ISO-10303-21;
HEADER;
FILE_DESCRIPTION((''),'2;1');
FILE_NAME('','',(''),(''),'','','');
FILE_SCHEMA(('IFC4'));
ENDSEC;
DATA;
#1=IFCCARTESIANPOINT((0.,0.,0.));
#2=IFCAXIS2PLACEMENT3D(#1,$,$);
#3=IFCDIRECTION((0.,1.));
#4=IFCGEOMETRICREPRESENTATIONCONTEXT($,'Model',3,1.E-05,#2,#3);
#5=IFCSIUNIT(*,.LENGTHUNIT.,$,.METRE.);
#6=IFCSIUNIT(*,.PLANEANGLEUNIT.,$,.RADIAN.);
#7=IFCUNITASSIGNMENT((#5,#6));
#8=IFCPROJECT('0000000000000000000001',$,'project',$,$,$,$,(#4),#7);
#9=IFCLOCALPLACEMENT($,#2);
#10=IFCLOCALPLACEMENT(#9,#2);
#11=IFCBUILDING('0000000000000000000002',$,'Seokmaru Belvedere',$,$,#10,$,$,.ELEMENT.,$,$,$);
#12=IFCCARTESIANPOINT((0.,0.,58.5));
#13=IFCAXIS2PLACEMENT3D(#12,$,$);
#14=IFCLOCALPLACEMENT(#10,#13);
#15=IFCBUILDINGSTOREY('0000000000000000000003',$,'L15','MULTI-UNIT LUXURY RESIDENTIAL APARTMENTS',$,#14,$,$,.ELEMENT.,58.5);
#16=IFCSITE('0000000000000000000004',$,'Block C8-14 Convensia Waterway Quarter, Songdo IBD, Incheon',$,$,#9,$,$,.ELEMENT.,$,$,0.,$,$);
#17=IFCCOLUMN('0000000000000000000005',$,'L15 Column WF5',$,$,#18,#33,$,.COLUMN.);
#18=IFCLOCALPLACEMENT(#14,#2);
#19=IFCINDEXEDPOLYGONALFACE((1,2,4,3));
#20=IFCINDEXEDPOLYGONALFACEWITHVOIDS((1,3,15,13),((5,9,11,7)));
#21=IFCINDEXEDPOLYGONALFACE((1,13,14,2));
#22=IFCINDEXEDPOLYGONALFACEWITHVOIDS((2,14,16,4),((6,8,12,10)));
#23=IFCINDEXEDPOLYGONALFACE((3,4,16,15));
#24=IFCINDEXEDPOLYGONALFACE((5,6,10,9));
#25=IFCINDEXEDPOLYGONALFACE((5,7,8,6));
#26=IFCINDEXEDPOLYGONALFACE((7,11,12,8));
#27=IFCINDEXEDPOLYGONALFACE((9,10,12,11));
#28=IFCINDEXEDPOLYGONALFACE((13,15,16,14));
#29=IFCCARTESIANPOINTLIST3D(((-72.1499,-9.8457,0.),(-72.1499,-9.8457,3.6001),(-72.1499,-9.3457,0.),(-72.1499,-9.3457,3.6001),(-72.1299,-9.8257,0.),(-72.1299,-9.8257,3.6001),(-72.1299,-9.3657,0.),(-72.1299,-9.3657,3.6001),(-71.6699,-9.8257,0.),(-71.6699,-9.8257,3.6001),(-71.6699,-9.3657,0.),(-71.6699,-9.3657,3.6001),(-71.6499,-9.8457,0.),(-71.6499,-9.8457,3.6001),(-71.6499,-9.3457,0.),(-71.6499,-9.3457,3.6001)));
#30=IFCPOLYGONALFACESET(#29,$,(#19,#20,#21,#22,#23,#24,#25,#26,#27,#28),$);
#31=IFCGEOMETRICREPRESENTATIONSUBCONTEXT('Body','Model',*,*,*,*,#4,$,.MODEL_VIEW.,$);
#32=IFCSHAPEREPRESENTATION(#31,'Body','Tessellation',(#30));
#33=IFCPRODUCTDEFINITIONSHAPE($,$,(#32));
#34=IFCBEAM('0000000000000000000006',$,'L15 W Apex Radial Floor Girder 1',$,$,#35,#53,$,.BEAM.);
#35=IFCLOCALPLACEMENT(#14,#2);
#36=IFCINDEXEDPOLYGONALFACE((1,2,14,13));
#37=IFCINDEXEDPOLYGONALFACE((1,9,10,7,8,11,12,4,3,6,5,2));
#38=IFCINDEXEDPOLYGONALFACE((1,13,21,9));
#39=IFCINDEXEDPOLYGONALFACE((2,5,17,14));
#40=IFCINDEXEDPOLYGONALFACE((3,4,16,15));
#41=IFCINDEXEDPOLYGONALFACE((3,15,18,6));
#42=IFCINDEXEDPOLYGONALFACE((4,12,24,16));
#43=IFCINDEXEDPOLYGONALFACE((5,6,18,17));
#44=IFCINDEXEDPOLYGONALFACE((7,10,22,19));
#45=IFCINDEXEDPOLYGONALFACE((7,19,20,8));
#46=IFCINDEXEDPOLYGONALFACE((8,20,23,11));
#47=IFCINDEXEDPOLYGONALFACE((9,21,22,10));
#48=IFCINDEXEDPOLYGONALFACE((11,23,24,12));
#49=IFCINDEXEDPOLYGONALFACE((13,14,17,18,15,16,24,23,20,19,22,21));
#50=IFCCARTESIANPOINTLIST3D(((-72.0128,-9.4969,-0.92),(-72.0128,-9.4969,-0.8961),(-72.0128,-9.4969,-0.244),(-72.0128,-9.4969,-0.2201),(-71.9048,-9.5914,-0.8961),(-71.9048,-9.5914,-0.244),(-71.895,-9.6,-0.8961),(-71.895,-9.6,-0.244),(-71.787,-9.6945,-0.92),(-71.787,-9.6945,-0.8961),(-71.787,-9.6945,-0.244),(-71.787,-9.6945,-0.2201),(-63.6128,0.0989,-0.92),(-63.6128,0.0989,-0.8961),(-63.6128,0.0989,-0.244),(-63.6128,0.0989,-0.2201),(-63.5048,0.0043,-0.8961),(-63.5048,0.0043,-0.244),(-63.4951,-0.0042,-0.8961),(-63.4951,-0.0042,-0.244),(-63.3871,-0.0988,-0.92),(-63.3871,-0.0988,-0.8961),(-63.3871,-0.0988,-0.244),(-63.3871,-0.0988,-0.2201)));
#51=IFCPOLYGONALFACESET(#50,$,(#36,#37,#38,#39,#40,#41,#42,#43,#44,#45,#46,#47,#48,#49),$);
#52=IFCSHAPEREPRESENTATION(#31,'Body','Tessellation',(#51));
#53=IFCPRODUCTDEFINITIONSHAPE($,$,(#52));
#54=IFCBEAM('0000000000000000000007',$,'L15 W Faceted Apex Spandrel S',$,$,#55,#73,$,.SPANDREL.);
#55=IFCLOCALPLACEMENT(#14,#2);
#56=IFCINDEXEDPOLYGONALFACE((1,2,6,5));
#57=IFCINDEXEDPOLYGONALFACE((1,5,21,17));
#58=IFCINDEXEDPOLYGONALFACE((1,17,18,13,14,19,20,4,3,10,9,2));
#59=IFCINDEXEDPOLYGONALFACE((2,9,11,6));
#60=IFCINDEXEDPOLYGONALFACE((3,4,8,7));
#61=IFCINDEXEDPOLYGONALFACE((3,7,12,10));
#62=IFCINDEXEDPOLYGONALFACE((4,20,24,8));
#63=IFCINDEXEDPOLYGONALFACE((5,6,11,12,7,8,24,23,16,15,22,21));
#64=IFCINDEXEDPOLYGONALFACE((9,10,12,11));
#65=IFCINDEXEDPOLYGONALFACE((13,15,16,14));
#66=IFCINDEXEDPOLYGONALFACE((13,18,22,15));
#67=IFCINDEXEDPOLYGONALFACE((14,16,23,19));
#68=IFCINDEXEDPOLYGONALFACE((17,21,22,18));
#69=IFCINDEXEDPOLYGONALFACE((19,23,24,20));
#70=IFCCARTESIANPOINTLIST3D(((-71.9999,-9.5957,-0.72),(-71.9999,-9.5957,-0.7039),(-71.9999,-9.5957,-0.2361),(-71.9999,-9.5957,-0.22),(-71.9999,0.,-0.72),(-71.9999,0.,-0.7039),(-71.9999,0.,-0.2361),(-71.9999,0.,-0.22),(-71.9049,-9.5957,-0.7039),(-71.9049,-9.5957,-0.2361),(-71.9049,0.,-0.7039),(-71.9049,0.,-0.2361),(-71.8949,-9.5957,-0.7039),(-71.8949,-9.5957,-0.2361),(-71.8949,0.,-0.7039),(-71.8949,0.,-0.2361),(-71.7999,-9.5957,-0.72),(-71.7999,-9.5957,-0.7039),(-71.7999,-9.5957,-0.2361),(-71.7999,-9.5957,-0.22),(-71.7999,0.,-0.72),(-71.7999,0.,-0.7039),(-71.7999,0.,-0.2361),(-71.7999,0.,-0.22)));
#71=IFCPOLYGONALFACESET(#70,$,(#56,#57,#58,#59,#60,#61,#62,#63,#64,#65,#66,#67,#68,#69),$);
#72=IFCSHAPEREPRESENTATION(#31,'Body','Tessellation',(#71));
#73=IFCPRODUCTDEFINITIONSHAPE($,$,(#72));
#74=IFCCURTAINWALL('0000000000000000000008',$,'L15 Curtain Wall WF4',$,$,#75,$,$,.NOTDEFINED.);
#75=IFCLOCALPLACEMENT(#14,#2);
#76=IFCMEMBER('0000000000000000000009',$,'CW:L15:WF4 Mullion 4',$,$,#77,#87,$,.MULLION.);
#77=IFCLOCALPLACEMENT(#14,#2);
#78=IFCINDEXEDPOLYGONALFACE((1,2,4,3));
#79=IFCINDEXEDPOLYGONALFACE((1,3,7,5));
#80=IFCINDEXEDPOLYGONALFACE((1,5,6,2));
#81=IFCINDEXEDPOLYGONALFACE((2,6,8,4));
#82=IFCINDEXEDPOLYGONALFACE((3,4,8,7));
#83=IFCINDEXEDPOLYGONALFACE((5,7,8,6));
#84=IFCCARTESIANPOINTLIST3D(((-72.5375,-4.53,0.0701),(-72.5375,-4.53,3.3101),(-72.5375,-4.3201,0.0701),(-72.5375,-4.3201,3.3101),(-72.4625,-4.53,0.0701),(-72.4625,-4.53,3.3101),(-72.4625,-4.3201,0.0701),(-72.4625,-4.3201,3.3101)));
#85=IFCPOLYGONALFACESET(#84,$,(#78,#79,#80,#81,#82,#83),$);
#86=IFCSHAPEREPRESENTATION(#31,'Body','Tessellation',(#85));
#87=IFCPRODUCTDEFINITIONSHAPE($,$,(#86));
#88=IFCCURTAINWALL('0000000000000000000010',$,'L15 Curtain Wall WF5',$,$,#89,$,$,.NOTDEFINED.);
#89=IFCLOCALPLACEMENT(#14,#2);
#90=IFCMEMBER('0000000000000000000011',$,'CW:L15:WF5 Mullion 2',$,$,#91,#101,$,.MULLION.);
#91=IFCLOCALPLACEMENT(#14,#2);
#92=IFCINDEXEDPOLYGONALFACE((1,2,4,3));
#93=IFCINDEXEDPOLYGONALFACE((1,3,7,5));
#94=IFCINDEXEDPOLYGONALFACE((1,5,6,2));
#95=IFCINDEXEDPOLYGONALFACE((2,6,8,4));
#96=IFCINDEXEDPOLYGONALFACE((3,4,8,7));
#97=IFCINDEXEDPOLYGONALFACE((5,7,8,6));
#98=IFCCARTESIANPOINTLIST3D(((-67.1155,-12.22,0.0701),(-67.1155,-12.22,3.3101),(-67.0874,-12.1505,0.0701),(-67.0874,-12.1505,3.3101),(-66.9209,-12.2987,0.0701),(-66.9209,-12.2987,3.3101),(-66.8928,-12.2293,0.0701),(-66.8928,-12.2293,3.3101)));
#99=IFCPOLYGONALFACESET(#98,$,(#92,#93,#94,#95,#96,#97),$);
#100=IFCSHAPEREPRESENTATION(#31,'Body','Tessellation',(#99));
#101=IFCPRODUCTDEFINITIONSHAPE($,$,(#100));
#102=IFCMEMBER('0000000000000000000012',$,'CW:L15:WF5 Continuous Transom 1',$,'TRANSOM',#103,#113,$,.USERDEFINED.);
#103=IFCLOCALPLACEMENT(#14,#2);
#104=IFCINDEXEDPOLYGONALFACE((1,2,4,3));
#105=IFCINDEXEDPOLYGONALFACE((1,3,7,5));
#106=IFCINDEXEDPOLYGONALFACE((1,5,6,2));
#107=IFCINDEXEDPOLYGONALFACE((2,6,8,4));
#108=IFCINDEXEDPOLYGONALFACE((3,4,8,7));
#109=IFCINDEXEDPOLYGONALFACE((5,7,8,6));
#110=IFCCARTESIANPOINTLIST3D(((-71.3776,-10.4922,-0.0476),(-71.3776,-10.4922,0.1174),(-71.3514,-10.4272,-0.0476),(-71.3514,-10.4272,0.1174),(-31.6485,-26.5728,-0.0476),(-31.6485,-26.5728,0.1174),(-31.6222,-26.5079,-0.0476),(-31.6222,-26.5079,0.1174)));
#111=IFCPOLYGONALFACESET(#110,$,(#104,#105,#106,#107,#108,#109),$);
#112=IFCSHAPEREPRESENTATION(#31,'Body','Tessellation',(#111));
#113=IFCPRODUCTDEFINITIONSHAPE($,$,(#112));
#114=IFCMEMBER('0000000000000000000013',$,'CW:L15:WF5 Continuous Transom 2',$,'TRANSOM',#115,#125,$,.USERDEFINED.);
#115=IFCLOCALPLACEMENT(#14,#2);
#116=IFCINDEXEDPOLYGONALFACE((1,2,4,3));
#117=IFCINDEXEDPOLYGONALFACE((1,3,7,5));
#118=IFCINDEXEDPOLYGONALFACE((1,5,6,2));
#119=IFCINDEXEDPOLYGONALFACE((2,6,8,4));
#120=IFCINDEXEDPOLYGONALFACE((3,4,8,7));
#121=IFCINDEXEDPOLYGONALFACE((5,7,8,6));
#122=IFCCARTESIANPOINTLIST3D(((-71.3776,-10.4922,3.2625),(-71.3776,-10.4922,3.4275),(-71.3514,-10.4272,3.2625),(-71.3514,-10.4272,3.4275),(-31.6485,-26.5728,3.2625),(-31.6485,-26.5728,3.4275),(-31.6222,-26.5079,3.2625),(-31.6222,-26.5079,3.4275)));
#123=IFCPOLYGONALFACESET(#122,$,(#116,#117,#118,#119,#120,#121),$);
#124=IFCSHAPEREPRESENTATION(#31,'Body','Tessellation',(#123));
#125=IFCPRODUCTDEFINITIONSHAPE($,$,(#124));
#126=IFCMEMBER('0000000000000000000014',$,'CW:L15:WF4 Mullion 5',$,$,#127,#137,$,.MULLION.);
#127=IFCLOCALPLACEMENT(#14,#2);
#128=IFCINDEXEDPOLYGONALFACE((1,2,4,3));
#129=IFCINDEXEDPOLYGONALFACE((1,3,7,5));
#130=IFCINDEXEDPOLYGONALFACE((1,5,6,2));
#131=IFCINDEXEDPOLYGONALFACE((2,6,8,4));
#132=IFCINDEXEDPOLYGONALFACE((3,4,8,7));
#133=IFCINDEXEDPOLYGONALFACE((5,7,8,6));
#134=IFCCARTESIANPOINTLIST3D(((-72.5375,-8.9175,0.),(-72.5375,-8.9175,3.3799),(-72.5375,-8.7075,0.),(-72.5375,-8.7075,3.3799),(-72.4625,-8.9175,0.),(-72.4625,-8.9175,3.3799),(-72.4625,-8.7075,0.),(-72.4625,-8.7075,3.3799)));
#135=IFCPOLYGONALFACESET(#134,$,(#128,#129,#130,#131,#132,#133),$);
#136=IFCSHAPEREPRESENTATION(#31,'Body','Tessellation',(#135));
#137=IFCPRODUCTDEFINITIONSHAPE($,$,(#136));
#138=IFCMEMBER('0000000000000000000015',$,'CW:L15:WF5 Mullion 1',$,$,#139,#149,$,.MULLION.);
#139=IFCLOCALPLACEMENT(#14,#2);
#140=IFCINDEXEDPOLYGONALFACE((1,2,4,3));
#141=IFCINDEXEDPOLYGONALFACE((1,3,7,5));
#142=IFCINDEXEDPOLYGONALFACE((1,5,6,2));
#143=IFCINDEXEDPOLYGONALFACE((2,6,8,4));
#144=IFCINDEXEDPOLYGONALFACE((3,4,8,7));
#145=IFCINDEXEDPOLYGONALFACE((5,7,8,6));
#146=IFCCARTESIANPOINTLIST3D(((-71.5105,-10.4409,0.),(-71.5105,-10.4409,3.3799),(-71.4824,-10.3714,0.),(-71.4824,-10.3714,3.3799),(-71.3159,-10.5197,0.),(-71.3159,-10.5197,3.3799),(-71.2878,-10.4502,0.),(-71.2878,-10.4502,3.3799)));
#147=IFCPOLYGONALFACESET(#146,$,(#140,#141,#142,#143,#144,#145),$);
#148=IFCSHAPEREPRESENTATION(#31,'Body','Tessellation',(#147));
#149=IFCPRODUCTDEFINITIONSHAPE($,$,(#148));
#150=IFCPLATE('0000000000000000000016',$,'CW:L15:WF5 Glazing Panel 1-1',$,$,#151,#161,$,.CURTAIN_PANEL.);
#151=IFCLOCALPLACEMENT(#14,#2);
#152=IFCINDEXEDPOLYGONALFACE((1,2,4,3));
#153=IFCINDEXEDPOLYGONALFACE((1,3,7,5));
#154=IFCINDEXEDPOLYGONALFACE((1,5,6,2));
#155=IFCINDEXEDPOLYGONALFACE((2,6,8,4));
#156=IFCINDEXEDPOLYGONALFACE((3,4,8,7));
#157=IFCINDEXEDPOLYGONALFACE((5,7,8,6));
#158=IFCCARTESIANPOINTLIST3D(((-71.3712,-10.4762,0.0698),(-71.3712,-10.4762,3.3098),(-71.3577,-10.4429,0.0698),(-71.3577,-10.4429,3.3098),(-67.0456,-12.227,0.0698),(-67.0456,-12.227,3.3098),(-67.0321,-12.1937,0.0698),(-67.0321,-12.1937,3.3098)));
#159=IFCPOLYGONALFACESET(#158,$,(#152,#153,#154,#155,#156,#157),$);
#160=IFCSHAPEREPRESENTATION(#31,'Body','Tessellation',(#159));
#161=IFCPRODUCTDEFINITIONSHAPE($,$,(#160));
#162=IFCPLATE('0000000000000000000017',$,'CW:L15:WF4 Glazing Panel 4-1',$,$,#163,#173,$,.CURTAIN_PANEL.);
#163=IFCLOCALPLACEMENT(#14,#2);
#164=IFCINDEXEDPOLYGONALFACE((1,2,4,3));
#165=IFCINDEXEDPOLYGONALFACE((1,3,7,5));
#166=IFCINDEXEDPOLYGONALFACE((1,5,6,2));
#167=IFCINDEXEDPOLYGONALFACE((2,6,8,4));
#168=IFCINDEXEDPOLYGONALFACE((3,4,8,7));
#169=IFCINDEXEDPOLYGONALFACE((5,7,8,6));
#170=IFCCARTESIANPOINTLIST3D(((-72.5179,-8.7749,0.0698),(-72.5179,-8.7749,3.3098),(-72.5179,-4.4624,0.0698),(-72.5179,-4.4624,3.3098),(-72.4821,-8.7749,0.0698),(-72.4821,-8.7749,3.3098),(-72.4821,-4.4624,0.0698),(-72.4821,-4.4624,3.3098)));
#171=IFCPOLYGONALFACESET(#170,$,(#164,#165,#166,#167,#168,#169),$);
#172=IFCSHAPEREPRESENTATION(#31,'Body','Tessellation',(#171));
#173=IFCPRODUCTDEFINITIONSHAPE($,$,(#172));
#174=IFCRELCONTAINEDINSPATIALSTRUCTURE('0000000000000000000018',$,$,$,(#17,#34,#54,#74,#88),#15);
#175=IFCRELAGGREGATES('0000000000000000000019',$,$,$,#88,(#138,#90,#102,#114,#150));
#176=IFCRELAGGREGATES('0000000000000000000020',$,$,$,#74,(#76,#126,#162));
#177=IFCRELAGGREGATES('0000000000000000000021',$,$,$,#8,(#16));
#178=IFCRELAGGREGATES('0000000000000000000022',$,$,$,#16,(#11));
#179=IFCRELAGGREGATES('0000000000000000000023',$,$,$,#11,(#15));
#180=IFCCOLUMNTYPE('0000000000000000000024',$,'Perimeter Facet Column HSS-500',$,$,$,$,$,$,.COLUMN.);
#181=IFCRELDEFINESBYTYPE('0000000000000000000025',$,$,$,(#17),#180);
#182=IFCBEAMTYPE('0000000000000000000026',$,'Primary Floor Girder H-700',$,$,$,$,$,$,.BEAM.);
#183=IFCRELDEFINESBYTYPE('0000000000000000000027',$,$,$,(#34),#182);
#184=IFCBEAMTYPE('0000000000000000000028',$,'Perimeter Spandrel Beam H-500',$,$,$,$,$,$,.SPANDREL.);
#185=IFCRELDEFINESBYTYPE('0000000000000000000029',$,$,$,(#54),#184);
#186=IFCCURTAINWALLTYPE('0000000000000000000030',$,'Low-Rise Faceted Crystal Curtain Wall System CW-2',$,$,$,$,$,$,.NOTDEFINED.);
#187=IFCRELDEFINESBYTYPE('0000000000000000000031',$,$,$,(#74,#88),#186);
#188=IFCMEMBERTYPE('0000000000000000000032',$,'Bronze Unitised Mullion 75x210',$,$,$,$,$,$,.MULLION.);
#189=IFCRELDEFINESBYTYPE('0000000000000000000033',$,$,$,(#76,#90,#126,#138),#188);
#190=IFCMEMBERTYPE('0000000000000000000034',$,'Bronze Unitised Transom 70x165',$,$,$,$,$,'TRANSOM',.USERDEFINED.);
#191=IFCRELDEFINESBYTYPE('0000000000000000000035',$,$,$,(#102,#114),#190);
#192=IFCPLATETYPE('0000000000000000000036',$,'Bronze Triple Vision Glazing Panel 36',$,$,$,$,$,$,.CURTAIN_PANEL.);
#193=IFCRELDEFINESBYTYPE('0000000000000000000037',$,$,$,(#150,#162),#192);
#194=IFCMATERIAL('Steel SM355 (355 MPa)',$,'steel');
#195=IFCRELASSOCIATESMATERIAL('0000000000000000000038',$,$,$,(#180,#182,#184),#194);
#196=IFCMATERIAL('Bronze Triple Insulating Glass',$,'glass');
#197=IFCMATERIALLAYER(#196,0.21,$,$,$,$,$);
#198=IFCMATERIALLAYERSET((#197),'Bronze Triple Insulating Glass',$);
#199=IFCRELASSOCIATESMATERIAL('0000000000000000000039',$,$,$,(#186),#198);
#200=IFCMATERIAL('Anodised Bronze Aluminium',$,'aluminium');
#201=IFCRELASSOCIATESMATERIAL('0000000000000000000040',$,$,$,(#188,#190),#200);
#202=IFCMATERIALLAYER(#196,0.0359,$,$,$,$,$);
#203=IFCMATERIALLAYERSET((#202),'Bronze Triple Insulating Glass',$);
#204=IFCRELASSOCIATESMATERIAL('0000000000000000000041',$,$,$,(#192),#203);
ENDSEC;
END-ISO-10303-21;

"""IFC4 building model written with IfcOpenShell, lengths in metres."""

from ifc_helpers import new_model, si_unit, direction, frame, origin, origin_2d, place, context, subcontext, project, spatial, rectangle, hollow_rectangle, i_section, extrude, source, transform, mapped, material, layer, layer_set, material_profile, profile_set, type_object, type_shapes, element, aggregate, save


model = new_model("IFC4")

# Units and contexts
model_context = context("Model", 3, precision=1e-05, world=origin(), true_north=direction((0.0, 1.0)))
body_context = subcontext(model_context, "Body", "Model", "MODEL_VIEW")
ifc_project = project(units=[si_unit("LENGTHUNIT", "METRE"), si_unit("PLANEANGLEUNIT", "RADIAN")], contexts=[model_context])

# Site, building, storey
site_placement = place(None, origin())
site = spatial("IfcSite", under=ifc_project, at=site_placement, Name="Block C8-14 Convensia Waterway Quarter, Songdo IBD, Incheon", CompositionType="ELEMENT", RefElevation=0.0)
building_placement = place(site_placement, origin())
building = spatial("IfcBuilding", under=site, at=building_placement, Name="Seokmaru Belvedere", CompositionType="ELEMENT")
storey_placement = place(building_placement, frame((0.0, 0.0, 58.5)))
storey = spatial("IfcBuildingStorey", under=building, at=storey_placement, Name="L15", Description="MULTI-UNIT LUXURY RESIDENTIAL APARTMENTS", CompositionType="ELEMENT", Elevation=58.5)

# Column
ifc_material_1 = material(Name="Steel SM355 (355 MPa)", Category="steel")
ifc_material_profile_1 = material_profile(ifc_material_1, hollow_rectangle(XDim=0.5, YDim=0.5, WallThickness=0.02, at=origin_2d()), Name="HSS-500x500x20")
ifc_profile_set_1 = profile_set([ifc_material_profile_1], Name="Steel SM355 (355 MPa)")
column_type = type_object("IfcColumnType", Name="Perimeter Facet Column HSS-500", PredefinedType="COLUMN", material=ifc_profile_set_1)
shared_shape_1 = source(origin(), body_context, "Body", "SweptSolid", [
    extrude(hollow_rectangle(XDim=0.5, YDim=0.5, WallThickness=0.02, at=origin_2d()), origin(), (0.0, 0.0, 1.0), 3.6001),
])
type_shapes(column_type, [shared_shape_1])
column_placement = place(storey_placement, frame((-71.8999, -9.5957, 0.0), z_axis=(0.0, 0.0, 1.0), x_axis=(1.0, 0.0, 0.0)))
element("IfcColumn", 1, at=column_placement, inside=storey, type_object=column_type, Name="L15 Column WF5", PredefinedType="COLUMN", context=body_context, shape_type="MappedRepresentation", body=[
    mapped(shared_shape_1, transform((0.0, 0.0, 0.0), scale=1.0)),
])

# Beams
ifc_material_profile_2 = material_profile(ifc_material_1, i_section(OverallWidth=0.3, OverallDepth=0.7, WebThickness=0.0129, FlangeThickness=0.0239, at=origin_2d()), Name="H-700x300x13x24")
ifc_profile_set_2 = profile_set([ifc_material_profile_2], Name="Steel SM355 (355 MPa)")
beam_type_1 = type_object("IfcBeamType", Name="Primary Floor Girder H-700", PredefinedType="BEAM", material=ifc_profile_set_2)
shared_shape_2 = source(origin(), body_context, "Body", "SweptSolid", [
    extrude(i_section(OverallWidth=0.3, OverallDepth=0.7, WebThickness=0.0129, FlangeThickness=0.0239, at=origin_2d()), origin(), (0.0, 0.0, 1.0), 12.7529),
])
type_shapes(beam_type_1, [shared_shape_2])
beam_1_placement = place(storey_placement, frame((-71.8999, -9.5957, -0.5701), z_axis=(0.658667, 0.752434, 0.0), x_axis=(-0.752434, 0.658667, 0.0)))
element("IfcBeam", 2, at=beam_1_placement, inside=storey, type_object=beam_type_1, Name="L15 W Apex Radial Floor Girder 1", PredefinedType="BEAM", context=body_context, shape_type="MappedRepresentation", body=[
    mapped(shared_shape_2, transform((0.0, 0.0, 0.0), scale=1.0)),
])
ifc_material_profile_3 = material_profile(ifc_material_1, i_section(OverallWidth=0.2, OverallDepth=0.5, WebThickness=0.01, FlangeThickness=0.0161, at=origin_2d()), Name="H-500x200x10x16")
ifc_profile_set_3 = profile_set([ifc_material_profile_3], Name="Steel SM355 (355 MPa)")
beam_type_2 = type_object("IfcBeamType", Name="Perimeter Spandrel Beam H-500", PredefinedType="SPANDREL", material=ifc_profile_set_3)
shared_shape_3 = source(origin(), body_context, "Body", "SweptSolid", [
    extrude(i_section(OverallWidth=0.2, OverallDepth=0.5, WebThickness=0.01, FlangeThickness=0.0161, at=origin_2d()), origin(), (0.0, 0.0, 1.0), 9.5957),
])
type_shapes(beam_type_2, [shared_shape_3])
beam_2_placement = place(storey_placement, frame((-71.8999, -9.5957, -0.47), z_axis=(0.0, 1.0, 0.0), x_axis=(-1.0, 0.0, 0.0)))
element("IfcBeam", 3, at=beam_2_placement, inside=storey, type_object=beam_type_2, Name="L15 W Faceted Apex Spandrel S", PredefinedType="SPANDREL", context=body_context, shape_type="MappedRepresentation", body=[
    mapped(shared_shape_3, transform((0.0, 0.0, 0.0), scale=1.0)),
])

# Curtain wall, member
ifc_material_2 = material(Name="Bronze Triple Insulating Glass", Category="glass")
ifc_layer_1 = layer(ifc_material_2, 0.21)
ifc_layer_set_1 = layer_set([ifc_layer_1], Name="Bronze Triple Insulating Glass")
curtain_wall_type = type_object("IfcCurtainWallType", Name="Low-Rise Faceted Crystal Curtain Wall System CW-2", PredefinedType="NOTDEFINED", material=ifc_layer_set_1)
curtain_wall_1_placement = place(storey_placement, origin())
curtain_wall_1 = element("IfcCurtainWall", 4, at=curtain_wall_1_placement, inside=storey, type_object=curtain_wall_type, Name="L15 Curtain Wall WF4", PredefinedType="NOTDEFINED")
ifc_material_3 = material(Name="Anodised Bronze Aluminium", Category="aluminium")
ifc_material_profile_4 = material_profile(ifc_material_3, rectangle(XDim=0.075, YDim=0.21, at=origin_2d()), Name="CW-M-75x210")
ifc_profile_set_4 = profile_set([ifc_material_profile_4], Name="Anodised Bronze Aluminium")
member_type_1 = type_object("IfcMemberType", Name="Bronze Unitised Mullion 75x210", PredefinedType="MULLION", material=ifc_profile_set_4)
shared_shape_4 = source(origin(), body_context, "Body", "SweptSolid", [
    extrude(rectangle(XDim=0.075, YDim=0.21, at=origin_2d()), origin(), (0.0, 0.0, 1.0), 3.24),
])
member_1_placement = place(storey_placement, frame((-72.5, -4.425, 0.0701), z_axis=(0.0, 0.0, 1.0), x_axis=(1.0, 0.0, 0.0)))
member_1 = element("IfcMember", 5, at=member_1_placement, type_object=member_type_1, Name="CW:L15:WF4 Mullion 4", PredefinedType="MULLION", context=body_context, shape_type="MappedRepresentation", body=[
    mapped(shared_shape_4, transform((0.0, 0.0, 0.0), scale=1.0)),
])

# Curtain wall, members
curtain_wall_2_placement = place(storey_placement, origin())
curtain_wall_2 = element("IfcCurtainWall", 6, at=curtain_wall_2_placement, inside=storey, type_object=curtain_wall_type, Name="L15 Curtain Wall WF5", PredefinedType="NOTDEFINED")
member_2_placement = place(storey_placement, frame((-67.0042, -12.2246, 0.0701), z_axis=(0.0, 0.0, 1.0), x_axis=(0.375192, 0.926947, 0.0)))
member_2 = element("IfcMember", 7, at=member_2_placement, type_object=member_type_1, Name="CW:L15:WF5 Mullion 2", PredefinedType="MULLION", context=body_context, shape_type="MappedRepresentation", body=[
    mapped(shared_shape_4, transform((0.0, 0.0, 0.0), scale=1.0)),
])
ifc_material_profile_5 = material_profile(ifc_material_3, rectangle(XDim=0.0701, YDim=0.165, at=origin_2d()), Name="CW-T-70x165")
ifc_profile_set_5 = profile_set([ifc_material_profile_5], Name="Anodised Bronze Aluminium")
member_type_2 = type_object("IfcMemberType", Name="Bronze Unitised Transom 70x165", ElementType="TRANSOM", PredefinedType="USERDEFINED", material=ifc_profile_set_5)
shared_shape_5 = source(origin(), body_context, "Body", "SweptSolid", [
    extrude(rectangle(XDim=0.0701, YDim=0.165, at=origin_2d()), origin(), (0.0, 0.0, 1.0), 42.8601),
])
type_shapes(member_type_2, [shared_shape_5])
member_3_placement = place(storey_placement, frame((-71.3645, -10.4597, 0.0349), z_axis=(0.926949, -0.375188, 0.0), x_axis=(0.375188, 0.926949, 0.0)))
member_3 = element("IfcMember", 8, at=member_3_placement, type_object=member_type_2, Name="CW:L15:WF5 Continuous Transom 1", ObjectType="TRANSOM", PredefinedType="USERDEFINED", context=body_context, shape_type="MappedRepresentation", body=[
    mapped(shared_shape_5, transform((0.0, 0.0, 0.0), scale=1.0)),
])
member_4_placement = place(storey_placement, frame((-71.3645, -10.4597, 3.345), z_axis=(0.926949, -0.375188, 0.0), x_axis=(0.375188, 0.926949, 0.0)))
member_4 = element("IfcMember", 9, at=member_4_placement, type_object=member_type_2, Name="CW:L15:WF5 Continuous Transom 2", ObjectType="TRANSOM", PredefinedType="USERDEFINED", context=body_context, shape_type="MappedRepresentation", body=[
    mapped(shared_shape_5, transform((0.0, 0.0, 0.0), scale=1.0)),
])

# Members
shared_shape_6 = source(origin(), body_context, "Body", "SweptSolid", [
    extrude(rectangle(XDim=0.075, YDim=0.21, at=origin_2d()), origin(), (0.0, 0.0, 1.0), 3.3799),
])
type_shapes(member_type_1, [shared_shape_4, shared_shape_6])
member_5_placement = place(storey_placement, frame((-72.5, -8.8125, 0.0), z_axis=(0.0, 0.0, 1.0), x_axis=(1.0, 0.0, 0.0)))
member_5 = element("IfcMember", 10, at=member_5_placement, type_object=member_type_1, Name="CW:L15:WF4 Mullion 5", PredefinedType="MULLION", context=body_context, shape_type="MappedRepresentation", body=[
    mapped(shared_shape_6, transform((0.0, 0.0, 0.0), scale=1.0)),
])
member_6_placement = place(storey_placement, frame((-71.3992, -10.4456, 0.0), z_axis=(0.0, 0.0, 1.0), x_axis=(0.375192, 0.926947, 0.0)))
member_6 = element("IfcMember", 11, at=member_6_placement, type_object=member_type_1, Name="CW:L15:WF5 Mullion 1", PredefinedType="MULLION", context=body_context, shape_type="MappedRepresentation", body=[
    mapped(shared_shape_6, transform((0.0, 0.0, 0.0), scale=1.0)),
])

# Plates
ifc_layer_2 = layer(ifc_material_2, 0.0359)
ifc_layer_set_2 = layer_set([ifc_layer_2], Name="Bronze Triple Insulating Glass")
plate_type = type_object("IfcPlateType", Name="Bronze Triple Vision Glazing Panel 36", PredefinedType="CURTAIN_PANEL", material=ifc_layer_set_2)
shared_shape_7 = source(origin(), body_context, "Body", "SweptSolid", [
    extrude(rectangle(XDim=4.6665, YDim=0.0359, at=origin_2d()), origin(), (0.0, 0.0, 1.0), 3.24),
])
plate_1_placement = place(storey_placement, frame((-69.2017, -11.335, 0.0698), z_axis=(0.0, 0.0, 1.0), x_axis=(0.926947, -0.375192, 0.0)))
plate_1 = element("IfcPlate", 12, at=plate_1_placement, type_object=plate_type, Name="CW:L15:WF5 Glazing Panel 1-1", PredefinedType="CURTAIN_PANEL", context=body_context, shape_type="MappedRepresentation", body=[
    mapped(shared_shape_7, transform((0.0, 0.0, 0.0), scale=1.0)),
])
aggregate(curtain_wall_2, [member_6, member_2, member_3, member_4, plate_1])
shared_shape_8 = source(origin(), body_context, "Body", "SweptSolid", [
    extrude(rectangle(XDim=4.3125, YDim=0.0359, at=origin_2d()), origin(), (0.0, 0.0, 1.0), 3.24),
])
type_shapes(plate_type, [shared_shape_7, shared_shape_8])
plate_2_placement = place(storey_placement, frame((-72.5, -6.6187, 0.0698), z_axis=(0.0, 0.0, 1.0), x_axis=(0.0, -1.0, 0.0)))
plate_2 = element("IfcPlate", 13, at=plate_2_placement, type_object=plate_type, Name="CW:L15:WF4 Glazing Panel 4-1", PredefinedType="CURTAIN_PANEL", context=body_context, shape_type="MappedRepresentation", body=[
    mapped(shared_shape_8, transform((0.0, 0.0, 0.0), scale=1.0)),
])
aggregate(curtain_wall_1, [member_1, member_5, plate_2])

save(model, "model.ifc")
